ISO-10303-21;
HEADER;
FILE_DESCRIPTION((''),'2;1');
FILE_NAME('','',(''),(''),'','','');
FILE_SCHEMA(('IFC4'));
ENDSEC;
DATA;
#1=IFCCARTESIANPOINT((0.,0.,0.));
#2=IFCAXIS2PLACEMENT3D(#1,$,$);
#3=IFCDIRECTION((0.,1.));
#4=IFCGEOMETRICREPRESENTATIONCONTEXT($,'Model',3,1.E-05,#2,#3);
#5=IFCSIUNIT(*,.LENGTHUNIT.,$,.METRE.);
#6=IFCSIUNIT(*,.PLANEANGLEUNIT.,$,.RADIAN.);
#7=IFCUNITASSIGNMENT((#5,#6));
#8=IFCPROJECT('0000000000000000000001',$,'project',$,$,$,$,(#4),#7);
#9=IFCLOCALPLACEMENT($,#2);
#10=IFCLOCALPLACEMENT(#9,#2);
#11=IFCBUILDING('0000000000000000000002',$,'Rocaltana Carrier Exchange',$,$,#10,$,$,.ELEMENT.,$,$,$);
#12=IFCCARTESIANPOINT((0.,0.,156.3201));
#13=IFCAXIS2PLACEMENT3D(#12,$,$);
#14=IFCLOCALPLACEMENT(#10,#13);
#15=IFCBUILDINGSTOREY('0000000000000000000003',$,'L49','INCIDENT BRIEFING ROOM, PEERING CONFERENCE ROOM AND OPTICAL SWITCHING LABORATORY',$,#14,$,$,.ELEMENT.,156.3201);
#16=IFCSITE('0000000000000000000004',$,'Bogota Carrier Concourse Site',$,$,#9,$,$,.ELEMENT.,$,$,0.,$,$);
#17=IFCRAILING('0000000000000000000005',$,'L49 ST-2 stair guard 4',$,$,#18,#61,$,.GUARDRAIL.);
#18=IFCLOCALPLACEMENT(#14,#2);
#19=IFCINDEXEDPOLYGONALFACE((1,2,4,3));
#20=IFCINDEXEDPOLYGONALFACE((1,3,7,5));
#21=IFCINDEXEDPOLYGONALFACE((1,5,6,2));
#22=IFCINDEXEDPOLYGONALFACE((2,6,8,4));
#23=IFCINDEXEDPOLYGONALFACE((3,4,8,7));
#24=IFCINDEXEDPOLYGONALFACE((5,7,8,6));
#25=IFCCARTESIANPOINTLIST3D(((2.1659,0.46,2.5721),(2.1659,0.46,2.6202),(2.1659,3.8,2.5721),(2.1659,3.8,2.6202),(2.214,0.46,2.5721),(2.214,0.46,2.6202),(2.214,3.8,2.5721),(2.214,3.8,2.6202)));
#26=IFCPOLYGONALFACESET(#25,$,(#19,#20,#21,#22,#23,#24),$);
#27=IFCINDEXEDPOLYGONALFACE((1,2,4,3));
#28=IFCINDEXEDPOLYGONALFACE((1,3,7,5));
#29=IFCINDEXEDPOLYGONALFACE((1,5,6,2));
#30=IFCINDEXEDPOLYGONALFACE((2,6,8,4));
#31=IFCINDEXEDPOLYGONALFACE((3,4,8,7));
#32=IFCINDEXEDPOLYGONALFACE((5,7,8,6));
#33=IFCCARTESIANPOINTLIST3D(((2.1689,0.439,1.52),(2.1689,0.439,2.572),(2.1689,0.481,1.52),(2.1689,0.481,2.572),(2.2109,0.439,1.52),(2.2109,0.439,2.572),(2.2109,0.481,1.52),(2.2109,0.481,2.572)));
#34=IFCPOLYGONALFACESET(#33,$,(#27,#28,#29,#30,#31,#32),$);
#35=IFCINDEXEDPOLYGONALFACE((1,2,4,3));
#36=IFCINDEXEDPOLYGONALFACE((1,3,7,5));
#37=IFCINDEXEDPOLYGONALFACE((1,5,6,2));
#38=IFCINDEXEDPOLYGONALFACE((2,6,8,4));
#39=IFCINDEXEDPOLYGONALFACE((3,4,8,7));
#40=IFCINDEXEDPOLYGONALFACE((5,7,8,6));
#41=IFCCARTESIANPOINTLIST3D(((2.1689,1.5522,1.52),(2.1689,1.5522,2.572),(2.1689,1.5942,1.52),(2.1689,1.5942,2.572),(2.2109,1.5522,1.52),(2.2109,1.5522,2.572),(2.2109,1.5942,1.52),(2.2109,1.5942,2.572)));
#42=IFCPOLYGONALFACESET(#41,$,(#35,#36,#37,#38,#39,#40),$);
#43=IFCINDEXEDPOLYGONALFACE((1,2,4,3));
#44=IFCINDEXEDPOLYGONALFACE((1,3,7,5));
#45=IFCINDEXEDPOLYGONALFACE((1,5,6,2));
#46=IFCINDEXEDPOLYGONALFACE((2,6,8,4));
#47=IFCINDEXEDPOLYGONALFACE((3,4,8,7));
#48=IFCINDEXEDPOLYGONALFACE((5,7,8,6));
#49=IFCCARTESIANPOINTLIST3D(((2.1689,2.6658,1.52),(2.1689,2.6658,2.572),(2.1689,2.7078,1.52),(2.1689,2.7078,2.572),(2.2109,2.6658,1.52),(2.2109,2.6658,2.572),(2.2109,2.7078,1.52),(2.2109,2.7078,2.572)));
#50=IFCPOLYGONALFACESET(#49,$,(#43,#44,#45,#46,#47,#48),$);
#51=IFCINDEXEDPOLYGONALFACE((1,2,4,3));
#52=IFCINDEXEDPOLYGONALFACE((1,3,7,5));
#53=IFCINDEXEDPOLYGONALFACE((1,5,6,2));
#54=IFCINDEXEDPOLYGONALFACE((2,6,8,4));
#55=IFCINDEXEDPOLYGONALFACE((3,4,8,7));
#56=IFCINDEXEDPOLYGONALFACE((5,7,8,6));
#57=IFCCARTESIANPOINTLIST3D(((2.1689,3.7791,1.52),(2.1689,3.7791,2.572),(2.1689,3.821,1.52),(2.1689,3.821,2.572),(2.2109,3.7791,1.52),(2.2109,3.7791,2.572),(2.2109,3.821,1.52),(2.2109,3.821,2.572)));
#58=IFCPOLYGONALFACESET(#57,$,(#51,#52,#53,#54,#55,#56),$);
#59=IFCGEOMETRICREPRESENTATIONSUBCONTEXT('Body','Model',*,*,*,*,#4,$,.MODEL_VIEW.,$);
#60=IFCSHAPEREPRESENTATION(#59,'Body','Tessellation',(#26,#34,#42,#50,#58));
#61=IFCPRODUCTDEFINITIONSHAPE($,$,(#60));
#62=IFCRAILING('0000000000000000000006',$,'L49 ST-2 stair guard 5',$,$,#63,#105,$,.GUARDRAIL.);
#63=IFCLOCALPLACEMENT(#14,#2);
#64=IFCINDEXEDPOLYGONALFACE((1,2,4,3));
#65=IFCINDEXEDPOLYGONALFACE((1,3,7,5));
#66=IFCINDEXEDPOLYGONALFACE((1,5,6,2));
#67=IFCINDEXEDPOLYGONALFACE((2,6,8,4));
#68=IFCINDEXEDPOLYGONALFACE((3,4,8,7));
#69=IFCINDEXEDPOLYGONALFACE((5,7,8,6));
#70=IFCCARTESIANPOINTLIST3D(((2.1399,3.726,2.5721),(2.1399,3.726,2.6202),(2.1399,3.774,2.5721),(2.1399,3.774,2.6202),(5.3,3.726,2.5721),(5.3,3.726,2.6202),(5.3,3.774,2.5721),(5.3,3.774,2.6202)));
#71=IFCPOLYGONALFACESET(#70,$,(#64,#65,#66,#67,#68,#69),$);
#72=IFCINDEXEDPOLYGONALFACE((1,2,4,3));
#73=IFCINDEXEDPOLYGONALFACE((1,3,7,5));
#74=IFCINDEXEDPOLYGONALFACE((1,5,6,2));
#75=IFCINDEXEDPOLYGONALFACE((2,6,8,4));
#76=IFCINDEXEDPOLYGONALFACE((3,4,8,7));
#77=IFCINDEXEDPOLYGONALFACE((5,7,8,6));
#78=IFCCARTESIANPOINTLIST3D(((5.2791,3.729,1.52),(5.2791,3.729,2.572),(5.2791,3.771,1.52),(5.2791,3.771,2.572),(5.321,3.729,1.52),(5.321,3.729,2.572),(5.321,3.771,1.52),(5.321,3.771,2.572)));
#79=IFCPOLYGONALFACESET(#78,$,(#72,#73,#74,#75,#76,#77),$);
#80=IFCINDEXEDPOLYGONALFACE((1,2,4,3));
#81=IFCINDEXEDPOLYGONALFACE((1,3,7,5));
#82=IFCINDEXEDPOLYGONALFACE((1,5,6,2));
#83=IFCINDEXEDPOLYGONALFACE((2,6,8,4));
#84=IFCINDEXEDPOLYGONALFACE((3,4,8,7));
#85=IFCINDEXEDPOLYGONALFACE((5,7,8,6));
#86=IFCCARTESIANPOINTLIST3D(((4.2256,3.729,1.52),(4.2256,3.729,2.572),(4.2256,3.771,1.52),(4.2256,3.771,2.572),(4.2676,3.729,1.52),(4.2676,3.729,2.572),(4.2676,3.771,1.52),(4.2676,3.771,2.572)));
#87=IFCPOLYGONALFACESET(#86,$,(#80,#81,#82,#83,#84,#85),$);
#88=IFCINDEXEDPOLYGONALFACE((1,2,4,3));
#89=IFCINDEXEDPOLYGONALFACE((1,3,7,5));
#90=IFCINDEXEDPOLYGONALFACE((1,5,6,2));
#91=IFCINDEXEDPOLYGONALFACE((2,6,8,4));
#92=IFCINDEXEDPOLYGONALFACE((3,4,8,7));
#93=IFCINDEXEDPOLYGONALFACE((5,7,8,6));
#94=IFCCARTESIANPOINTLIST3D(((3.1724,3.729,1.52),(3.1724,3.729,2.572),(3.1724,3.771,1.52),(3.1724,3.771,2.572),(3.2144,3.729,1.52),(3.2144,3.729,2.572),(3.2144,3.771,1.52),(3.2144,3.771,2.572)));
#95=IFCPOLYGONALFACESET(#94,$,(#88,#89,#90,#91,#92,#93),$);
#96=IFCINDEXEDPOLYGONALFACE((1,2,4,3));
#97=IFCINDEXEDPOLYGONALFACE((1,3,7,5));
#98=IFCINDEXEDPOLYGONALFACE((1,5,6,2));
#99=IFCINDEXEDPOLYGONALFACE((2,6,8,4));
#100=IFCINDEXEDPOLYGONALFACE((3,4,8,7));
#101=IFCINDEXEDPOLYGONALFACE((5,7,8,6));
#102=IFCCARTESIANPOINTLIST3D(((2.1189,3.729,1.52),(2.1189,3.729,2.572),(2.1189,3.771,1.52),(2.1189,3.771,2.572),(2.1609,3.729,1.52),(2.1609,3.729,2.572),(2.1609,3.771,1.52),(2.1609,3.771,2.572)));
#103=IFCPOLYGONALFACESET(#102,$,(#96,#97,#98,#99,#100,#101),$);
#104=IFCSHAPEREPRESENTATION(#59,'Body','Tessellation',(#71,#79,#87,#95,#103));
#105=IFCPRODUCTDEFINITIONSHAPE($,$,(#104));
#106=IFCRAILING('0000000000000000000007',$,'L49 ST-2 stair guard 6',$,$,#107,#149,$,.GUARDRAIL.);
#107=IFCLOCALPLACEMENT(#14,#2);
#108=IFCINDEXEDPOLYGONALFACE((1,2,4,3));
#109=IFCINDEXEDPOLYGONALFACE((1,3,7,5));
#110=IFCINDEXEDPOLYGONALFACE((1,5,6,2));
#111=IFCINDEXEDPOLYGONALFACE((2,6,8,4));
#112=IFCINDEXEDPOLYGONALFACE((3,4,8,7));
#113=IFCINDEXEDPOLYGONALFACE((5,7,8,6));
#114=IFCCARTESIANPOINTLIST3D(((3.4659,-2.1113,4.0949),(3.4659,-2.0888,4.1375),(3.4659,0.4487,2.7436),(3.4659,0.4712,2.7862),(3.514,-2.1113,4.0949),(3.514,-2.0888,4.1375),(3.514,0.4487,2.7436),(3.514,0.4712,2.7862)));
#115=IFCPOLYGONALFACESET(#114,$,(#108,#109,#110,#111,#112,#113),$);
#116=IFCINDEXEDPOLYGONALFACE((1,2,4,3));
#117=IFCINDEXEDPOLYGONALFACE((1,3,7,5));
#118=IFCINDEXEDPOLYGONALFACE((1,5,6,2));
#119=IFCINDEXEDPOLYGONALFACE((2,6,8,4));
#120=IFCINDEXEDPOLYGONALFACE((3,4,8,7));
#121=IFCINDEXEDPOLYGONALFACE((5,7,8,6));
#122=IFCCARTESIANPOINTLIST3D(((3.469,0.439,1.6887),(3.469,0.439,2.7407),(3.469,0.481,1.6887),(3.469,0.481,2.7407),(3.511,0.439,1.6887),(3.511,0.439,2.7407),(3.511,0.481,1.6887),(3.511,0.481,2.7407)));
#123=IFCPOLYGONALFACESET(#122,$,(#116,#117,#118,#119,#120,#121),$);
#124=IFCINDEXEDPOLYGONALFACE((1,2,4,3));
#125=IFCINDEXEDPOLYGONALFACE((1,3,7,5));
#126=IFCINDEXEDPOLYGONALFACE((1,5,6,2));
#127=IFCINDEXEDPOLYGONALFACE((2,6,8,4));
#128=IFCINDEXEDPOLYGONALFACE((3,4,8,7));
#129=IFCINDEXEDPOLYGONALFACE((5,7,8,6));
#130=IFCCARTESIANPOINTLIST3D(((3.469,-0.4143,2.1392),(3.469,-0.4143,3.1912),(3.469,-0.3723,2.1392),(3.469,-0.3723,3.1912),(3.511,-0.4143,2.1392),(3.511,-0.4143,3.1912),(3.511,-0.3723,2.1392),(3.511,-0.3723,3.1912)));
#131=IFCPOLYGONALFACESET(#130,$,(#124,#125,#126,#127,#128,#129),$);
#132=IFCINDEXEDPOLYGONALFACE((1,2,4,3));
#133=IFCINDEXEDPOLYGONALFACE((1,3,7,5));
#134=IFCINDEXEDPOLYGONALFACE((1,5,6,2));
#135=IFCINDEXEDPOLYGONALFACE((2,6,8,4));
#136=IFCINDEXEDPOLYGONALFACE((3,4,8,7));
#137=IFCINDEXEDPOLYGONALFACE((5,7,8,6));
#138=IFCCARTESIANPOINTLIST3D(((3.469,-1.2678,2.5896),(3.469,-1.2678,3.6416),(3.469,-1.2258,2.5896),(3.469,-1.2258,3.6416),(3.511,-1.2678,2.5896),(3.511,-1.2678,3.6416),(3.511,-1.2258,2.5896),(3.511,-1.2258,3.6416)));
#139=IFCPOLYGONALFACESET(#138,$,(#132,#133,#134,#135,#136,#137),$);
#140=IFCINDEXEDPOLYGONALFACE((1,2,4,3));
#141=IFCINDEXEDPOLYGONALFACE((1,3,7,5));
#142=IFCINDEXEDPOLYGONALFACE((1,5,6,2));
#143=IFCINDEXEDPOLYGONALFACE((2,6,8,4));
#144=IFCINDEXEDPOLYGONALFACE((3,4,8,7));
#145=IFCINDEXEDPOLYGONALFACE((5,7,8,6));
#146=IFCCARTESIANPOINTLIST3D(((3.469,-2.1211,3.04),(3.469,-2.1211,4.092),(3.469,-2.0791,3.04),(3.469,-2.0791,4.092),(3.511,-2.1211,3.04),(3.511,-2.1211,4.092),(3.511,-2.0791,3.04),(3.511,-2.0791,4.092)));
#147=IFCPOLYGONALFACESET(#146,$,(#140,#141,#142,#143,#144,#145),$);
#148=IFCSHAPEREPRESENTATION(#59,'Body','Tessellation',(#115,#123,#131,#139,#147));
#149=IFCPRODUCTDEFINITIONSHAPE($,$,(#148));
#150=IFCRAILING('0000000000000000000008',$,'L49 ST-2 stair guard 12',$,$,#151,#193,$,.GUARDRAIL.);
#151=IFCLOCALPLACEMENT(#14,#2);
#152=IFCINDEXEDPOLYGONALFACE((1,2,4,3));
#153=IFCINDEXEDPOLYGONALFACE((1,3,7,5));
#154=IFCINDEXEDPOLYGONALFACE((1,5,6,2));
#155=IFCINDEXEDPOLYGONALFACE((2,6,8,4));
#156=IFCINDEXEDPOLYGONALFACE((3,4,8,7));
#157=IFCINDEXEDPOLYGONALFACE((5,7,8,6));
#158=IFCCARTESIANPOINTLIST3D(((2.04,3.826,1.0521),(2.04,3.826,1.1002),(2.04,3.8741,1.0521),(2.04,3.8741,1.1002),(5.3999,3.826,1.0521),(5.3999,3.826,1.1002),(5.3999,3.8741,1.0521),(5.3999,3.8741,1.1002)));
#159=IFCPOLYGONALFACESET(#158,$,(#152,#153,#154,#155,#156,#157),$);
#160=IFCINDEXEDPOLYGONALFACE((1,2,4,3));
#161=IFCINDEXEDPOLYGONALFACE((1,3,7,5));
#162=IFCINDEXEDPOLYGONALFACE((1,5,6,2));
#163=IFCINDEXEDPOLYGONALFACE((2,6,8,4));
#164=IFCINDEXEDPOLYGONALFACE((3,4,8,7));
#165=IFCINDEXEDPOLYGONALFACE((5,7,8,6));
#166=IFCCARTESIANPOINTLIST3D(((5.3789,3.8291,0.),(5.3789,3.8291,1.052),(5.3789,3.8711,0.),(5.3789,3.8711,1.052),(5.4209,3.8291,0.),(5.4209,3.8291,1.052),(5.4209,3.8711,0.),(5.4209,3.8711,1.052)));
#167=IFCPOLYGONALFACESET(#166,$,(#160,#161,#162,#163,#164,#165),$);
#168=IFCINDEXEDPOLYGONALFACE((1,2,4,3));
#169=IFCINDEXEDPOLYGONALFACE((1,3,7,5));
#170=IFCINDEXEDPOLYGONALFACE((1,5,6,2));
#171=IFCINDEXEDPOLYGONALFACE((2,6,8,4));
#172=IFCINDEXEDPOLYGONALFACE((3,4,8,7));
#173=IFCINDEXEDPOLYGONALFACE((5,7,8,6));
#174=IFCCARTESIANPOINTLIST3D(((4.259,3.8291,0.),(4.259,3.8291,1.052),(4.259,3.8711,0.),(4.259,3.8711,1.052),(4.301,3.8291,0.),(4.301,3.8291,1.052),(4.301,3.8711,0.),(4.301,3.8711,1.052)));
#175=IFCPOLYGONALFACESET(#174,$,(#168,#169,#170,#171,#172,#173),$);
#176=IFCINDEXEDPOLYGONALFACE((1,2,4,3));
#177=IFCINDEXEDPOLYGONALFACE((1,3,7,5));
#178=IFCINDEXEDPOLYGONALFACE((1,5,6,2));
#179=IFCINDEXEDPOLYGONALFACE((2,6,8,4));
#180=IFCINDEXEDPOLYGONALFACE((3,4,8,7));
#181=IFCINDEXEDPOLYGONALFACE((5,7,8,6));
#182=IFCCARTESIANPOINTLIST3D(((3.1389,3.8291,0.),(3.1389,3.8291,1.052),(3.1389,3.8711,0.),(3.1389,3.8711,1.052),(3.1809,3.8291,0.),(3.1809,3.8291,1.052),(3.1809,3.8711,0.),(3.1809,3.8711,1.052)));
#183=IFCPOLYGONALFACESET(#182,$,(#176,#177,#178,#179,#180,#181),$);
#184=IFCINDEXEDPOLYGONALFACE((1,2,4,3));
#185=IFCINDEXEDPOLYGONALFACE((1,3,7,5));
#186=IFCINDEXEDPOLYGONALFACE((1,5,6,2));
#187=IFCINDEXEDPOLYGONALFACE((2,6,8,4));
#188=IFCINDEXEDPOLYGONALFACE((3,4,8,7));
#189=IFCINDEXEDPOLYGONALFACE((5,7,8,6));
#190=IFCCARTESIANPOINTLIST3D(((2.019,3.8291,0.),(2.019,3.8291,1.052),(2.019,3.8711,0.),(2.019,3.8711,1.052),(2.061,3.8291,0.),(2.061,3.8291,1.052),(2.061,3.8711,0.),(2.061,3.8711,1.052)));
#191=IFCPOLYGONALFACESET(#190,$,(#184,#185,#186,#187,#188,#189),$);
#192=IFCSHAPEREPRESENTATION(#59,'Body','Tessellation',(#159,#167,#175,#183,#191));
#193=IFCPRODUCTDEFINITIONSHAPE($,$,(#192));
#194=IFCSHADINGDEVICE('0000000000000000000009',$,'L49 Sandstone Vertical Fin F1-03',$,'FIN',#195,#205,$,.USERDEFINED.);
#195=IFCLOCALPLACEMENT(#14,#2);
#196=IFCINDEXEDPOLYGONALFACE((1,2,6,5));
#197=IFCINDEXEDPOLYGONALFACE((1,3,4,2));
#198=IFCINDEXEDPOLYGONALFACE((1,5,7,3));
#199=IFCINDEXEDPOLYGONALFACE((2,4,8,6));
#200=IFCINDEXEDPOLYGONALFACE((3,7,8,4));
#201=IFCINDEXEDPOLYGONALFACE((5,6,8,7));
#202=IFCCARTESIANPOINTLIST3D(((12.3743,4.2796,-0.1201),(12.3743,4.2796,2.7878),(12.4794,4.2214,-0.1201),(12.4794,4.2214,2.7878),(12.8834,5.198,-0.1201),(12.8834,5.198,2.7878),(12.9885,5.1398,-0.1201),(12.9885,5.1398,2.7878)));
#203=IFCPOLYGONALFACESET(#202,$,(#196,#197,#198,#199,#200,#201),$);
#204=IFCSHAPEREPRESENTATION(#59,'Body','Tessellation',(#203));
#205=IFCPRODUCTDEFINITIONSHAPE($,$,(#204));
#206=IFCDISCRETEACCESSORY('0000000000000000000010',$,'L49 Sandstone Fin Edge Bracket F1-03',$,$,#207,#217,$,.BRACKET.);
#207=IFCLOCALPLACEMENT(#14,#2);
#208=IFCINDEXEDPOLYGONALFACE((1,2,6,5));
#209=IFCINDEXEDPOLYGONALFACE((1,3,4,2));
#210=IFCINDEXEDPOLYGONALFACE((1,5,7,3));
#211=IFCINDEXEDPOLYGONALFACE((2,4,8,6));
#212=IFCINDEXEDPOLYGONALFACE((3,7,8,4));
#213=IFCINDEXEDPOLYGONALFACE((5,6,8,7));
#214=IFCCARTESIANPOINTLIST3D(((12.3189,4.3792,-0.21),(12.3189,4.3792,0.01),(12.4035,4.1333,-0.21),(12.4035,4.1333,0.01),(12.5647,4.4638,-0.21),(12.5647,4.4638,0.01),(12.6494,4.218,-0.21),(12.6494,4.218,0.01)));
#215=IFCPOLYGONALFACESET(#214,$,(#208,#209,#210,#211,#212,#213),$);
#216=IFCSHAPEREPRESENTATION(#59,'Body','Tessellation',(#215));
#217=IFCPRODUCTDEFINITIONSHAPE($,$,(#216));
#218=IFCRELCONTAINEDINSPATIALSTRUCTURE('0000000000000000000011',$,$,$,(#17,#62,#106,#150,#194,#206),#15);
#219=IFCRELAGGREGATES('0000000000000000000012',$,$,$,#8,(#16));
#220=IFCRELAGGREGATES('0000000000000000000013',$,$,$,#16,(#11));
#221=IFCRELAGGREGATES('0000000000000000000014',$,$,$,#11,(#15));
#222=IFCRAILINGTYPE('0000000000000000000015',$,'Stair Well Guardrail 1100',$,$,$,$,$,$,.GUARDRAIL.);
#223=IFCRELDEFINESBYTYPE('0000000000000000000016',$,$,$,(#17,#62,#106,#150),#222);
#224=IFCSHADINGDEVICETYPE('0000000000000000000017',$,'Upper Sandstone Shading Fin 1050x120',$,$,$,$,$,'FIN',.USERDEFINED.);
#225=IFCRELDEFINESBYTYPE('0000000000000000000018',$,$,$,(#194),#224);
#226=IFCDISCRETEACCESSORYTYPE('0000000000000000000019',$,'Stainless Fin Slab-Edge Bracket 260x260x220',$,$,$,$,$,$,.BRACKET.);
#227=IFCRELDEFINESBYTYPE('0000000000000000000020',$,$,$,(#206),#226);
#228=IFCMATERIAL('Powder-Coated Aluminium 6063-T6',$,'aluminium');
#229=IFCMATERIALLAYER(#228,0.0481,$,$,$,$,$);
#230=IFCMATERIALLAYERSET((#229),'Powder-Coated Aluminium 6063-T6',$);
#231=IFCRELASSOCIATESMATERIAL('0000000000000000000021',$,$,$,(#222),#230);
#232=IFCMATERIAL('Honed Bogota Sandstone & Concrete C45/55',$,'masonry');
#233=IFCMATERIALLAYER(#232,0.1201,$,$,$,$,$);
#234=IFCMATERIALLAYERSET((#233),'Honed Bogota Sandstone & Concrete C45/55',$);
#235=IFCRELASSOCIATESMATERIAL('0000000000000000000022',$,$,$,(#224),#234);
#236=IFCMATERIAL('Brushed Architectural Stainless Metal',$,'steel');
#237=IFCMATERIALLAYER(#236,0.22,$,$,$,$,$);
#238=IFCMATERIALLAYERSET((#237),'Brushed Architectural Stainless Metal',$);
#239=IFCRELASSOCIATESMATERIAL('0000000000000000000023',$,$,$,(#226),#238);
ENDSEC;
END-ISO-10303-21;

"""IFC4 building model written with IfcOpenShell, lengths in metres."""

from ifc_helpers import new_model, si_unit, direction, frame, origin, origin_2d, place, context, subcontext, project, spatial, rectangle, extrude, material, layer, layer_set, type_object, element, save


model = new_model("IFC4")

# Units and contexts
model_context = context("Model", 3, precision=1e-05, world=origin(), true_north=direction((0.0, 1.0)))
body_context = subcontext(model_context, "Body", "Model", "MODEL_VIEW")
ifc_project = project(units=[si_unit("LENGTHUNIT", "METRE"), si_unit("PLANEANGLEUNIT", "RADIAN")], contexts=[model_context])

# Site, building, storey
site_placement = place(None, origin())
site = spatial("IfcSite", under=ifc_project, at=site_placement, Name="Bogota Carrier Concourse Site", CompositionType="ELEMENT", RefElevation=0.0)
building_placement = place(site_placement, origin())
building = spatial("IfcBuilding", under=site, at=building_placement, Name="Rocaltana Carrier Exchange", CompositionType="ELEMENT")
storey_placement = place(building_placement, frame((0.0, 0.0, 156.3201)))
storey = spatial("IfcBuildingStorey", under=building, at=storey_placement, Name="L49", Description="INCIDENT BRIEFING ROOM, PEERING CONFERENCE ROOM AND OPTICAL SWITCHING LABORATORY", CompositionType="ELEMENT", Elevation=156.3201)

# Railings
ifc_material_1 = material(Name="Powder-Coated Aluminium 6063-T6", Category="aluminium")
ifc_layer_1 = layer(ifc_material_1, 0.0481)
ifc_layer_set_1 = layer_set([ifc_layer_1], Name="Powder-Coated Aluminium 6063-T6")
railing_type_1 = type_object("IfcRailingType", Name="Stair Well Guardrail 1100", PredefinedType="GUARDRAIL", material=ifc_layer_set_1)
for number, where, name in (
    (1, (2.1899, 0.46, 1.52), "L49 ST-2 stair guard 4"),
):
    element("IfcRailing", number, at=place(storey_placement, frame(where)), inside=storey, type_object=railing_type_1, Name=name, PredefinedType="GUARDRAIL", context=body_context, shape_type="SweptSolid", body=[
        extrude(rectangle(XDim=0.0481, YDim=0.0481, at=origin_2d()), frame((0.0, 0.0, 1.0762), z_axis=(0.0, 1.0, 0.0), x_axis=(-1.0, 0.0, 0.0)), (0.0, 0.0, 1.0), 3.3401),
        extrude(rectangle(XDim=0.042, YDim=0.042, at=origin_2d()), origin(), (0.0, 0.0, 1.0), 1.052),
        extrude(rectangle(XDim=0.042, YDim=0.042, at=origin_2d()), frame((0.0, 1.1133, 0.0)), (0.0, 0.0, 1.0), 1.052),
        extrude(rectangle(XDim=0.042, YDim=0.042, at=origin_2d()), frame((0.0, 2.2268, 0.0)), (0.0, 0.0, 1.0), 1.052),
        extrude(rectangle(XDim=0.042, YDim=0.042, at=origin_2d()), frame((0.0, 3.3401, 0.0)), (0.0, 0.0, 1.0), 1.052),
    ])
railing_1_placement = place(storey_placement, frame((5.3, 3.75, 1.52)))
element("IfcRailing", 2, at=railing_1_placement, inside=storey, type_object=railing_type_1, Name="L49 ST-2 stair guard 5", PredefinedType="GUARDRAIL", context=body_context, shape_type="SweptSolid", body=[
    extrude(rectangle(XDim=0.0481, YDim=0.0481, at=origin_2d()), frame((0.0, 0.0, 1.0762), z_axis=(-1.0, 0.0, 0.0), x_axis=(0.0, -1.0, 0.0)), (0.0, 0.0, 1.0), 3.1602),
    extrude(rectangle(XDim=0.042, YDim=0.042, at=origin_2d()), origin(), (0.0, 0.0, 1.0), 1.052),
    extrude(rectangle(XDim=0.042, YDim=0.042, at=origin_2d()), frame((-1.0535, 0.0, 0.0)), (0.0, 0.0, 1.0), 1.052),
    extrude(rectangle(XDim=0.042, YDim=0.042, at=origin_2d()), frame((-2.1067, 0.0, 0.0)), (0.0, 0.0, 1.0), 1.052),
    extrude(rectangle(XDim=0.042, YDim=0.042, at=origin_2d()), frame((-3.1602, 0.0, 0.0)), (0.0, 0.0, 1.0), 1.052),
])
railing_2_placement = place(storey_placement, frame((3.49, 0.46, 1.6887)))
element("IfcRailing", 3, at=railing_2_placement, inside=storey, type_object=railing_type_1, Name="L49 ST-2 stair guard 6", PredefinedType="GUARDRAIL", context=body_context, shape_type="SweptSolid", body=[
    extrude(rectangle(XDim=0.0481, YDim=0.0481, at=origin_2d()), frame((0.0, 0.0, 1.0762), z_axis=(0.0, -0.88436, 0.466806), x_axis=(1.0, 0.0, 0.0)), (0.0, 0.0, 1.0), 2.8948),
    extrude(rectangle(XDim=0.042, YDim=0.042, at=origin_2d()), origin(), (0.0, 0.0, 1.0), 1.052),
    extrude(rectangle(XDim=0.042, YDim=0.042, at=origin_2d()), frame((0.0, -0.8533, 0.4504)), (0.0, 0.0, 1.0), 1.052),
    extrude(rectangle(XDim=0.042, YDim=0.042, at=origin_2d()), frame((0.0, -1.7068, 0.9009)), (0.0, 0.0, 1.0), 1.052),
    extrude(rectangle(XDim=0.042, YDim=0.042, at=origin_2d()), frame((0.0, -2.5601, 1.3513)), (0.0, 0.0, 1.0), 1.052),
])
railing_3_placement = place(storey_placement, frame((5.3999, 3.8501, 0.0)))
element("IfcRailing", 4, at=railing_3_placement, inside=storey, type_object=railing_type_1, Name="L49 ST-2 stair guard 12", PredefinedType="GUARDRAIL", context=body_context, shape_type="SweptSolid", body=[
    extrude(rectangle(XDim=0.0481, YDim=0.0481, at=origin_2d()), frame((0.0, 0.0, 1.0762), z_axis=(-1.0, 0.0, 0.0), x_axis=(0.0, -1.0, 0.0)), (0.0, 0.0, 1.0), 3.3599),
    extrude(rectangle(XDim=0.042, YDim=0.042, at=origin_2d()), origin(), (0.0, 0.0, 1.0), 1.052),
    extrude(rectangle(XDim=0.042, YDim=0.042, at=origin_2d()), frame((-1.1199, 0.0, 0.0)), (0.0, 0.0, 1.0), 1.052),
    extrude(rectangle(XDim=0.042, YDim=0.042, at=origin_2d()), frame((-2.24, 0.0, 0.0)), (0.0, 0.0, 1.0), 1.052),
    extrude(rectangle(XDim=0.042, YDim=0.042, at=origin_2d()), frame((-3.3599, 0.0, 0.0)), (0.0, 0.0, 1.0), 1.052),
])

# Shading device
ifc_material_2 = material(Name="Honed Bogota Sandstone & Concrete C45/55", Category="masonry")
ifc_layer_2 = layer(ifc_material_2, 0.1201)
ifc_layer_set_2 = layer_set([ifc_layer_2], Name="Honed Bogota Sandstone & Concrete C45/55")
shading_device_type = type_object("IfcShadingDeviceType", Name="Upper Sandstone Shading Fin 1050x120", ElementType="FIN", PredefinedType="USERDEFINED", material=ifc_layer_set_2)
shading_device_placement = place(storey_placement, frame((12.6814, 4.7097, -0.1201), z_axis=(0.0, 0.0, 1.0), x_axis=(0.48481, 0.87462, 0.0)))
element("IfcShadingDevice", 5, at=shading_device_placement, inside=storey, type_object=shading_device_type, Name="L49 Sandstone Vertical Fin F1-03", ObjectType="FIN", PredefinedType="USERDEFINED", context=body_context, shape_type="SweptSolid", body=[
    extrude(rectangle(XDim=1.05, YDim=0.1201, at=origin_2d()), origin(), (0.0, 0.0, 1.0), 2.908),
])

# Discrete accessory
ifc_material_3 = material(Name="Brushed Architectural Stainless Metal", Category="steel")
ifc_layer_3 = layer(ifc_material_3, 0.22)
ifc_layer_set_3 = layer_set([ifc_layer_3], Name="Brushed Architectural Stainless Metal")
discrete_accessory_type = type_object("IfcDiscreteAccessoryType", Name="Stainless Fin Slab-Edge Bracket 260x260x220", PredefinedType="BRACKET", material=ifc_layer_set_3)
discrete_accessory_placement = place(storey_placement, frame((12.4841, 4.2986, -0.21), z_axis=(0.0, 0.0, 1.0), x_axis=(-0.325568, 0.945519, 0.0)))
element("IfcDiscreteAccessory", 6, at=discrete_accessory_placement, inside=storey, type_object=discrete_accessory_type, Name="L49 Sandstone Fin Edge Bracket F1-03", PredefinedType="BRACKET", context=body_context, shape_type="SweptSolid", body=[
    extrude(rectangle(XDim=0.26, YDim=0.26, at=origin_2d()), origin(), (0.0, 0.0, 1.0), 0.22),
])

save(model, "model.ifc")
